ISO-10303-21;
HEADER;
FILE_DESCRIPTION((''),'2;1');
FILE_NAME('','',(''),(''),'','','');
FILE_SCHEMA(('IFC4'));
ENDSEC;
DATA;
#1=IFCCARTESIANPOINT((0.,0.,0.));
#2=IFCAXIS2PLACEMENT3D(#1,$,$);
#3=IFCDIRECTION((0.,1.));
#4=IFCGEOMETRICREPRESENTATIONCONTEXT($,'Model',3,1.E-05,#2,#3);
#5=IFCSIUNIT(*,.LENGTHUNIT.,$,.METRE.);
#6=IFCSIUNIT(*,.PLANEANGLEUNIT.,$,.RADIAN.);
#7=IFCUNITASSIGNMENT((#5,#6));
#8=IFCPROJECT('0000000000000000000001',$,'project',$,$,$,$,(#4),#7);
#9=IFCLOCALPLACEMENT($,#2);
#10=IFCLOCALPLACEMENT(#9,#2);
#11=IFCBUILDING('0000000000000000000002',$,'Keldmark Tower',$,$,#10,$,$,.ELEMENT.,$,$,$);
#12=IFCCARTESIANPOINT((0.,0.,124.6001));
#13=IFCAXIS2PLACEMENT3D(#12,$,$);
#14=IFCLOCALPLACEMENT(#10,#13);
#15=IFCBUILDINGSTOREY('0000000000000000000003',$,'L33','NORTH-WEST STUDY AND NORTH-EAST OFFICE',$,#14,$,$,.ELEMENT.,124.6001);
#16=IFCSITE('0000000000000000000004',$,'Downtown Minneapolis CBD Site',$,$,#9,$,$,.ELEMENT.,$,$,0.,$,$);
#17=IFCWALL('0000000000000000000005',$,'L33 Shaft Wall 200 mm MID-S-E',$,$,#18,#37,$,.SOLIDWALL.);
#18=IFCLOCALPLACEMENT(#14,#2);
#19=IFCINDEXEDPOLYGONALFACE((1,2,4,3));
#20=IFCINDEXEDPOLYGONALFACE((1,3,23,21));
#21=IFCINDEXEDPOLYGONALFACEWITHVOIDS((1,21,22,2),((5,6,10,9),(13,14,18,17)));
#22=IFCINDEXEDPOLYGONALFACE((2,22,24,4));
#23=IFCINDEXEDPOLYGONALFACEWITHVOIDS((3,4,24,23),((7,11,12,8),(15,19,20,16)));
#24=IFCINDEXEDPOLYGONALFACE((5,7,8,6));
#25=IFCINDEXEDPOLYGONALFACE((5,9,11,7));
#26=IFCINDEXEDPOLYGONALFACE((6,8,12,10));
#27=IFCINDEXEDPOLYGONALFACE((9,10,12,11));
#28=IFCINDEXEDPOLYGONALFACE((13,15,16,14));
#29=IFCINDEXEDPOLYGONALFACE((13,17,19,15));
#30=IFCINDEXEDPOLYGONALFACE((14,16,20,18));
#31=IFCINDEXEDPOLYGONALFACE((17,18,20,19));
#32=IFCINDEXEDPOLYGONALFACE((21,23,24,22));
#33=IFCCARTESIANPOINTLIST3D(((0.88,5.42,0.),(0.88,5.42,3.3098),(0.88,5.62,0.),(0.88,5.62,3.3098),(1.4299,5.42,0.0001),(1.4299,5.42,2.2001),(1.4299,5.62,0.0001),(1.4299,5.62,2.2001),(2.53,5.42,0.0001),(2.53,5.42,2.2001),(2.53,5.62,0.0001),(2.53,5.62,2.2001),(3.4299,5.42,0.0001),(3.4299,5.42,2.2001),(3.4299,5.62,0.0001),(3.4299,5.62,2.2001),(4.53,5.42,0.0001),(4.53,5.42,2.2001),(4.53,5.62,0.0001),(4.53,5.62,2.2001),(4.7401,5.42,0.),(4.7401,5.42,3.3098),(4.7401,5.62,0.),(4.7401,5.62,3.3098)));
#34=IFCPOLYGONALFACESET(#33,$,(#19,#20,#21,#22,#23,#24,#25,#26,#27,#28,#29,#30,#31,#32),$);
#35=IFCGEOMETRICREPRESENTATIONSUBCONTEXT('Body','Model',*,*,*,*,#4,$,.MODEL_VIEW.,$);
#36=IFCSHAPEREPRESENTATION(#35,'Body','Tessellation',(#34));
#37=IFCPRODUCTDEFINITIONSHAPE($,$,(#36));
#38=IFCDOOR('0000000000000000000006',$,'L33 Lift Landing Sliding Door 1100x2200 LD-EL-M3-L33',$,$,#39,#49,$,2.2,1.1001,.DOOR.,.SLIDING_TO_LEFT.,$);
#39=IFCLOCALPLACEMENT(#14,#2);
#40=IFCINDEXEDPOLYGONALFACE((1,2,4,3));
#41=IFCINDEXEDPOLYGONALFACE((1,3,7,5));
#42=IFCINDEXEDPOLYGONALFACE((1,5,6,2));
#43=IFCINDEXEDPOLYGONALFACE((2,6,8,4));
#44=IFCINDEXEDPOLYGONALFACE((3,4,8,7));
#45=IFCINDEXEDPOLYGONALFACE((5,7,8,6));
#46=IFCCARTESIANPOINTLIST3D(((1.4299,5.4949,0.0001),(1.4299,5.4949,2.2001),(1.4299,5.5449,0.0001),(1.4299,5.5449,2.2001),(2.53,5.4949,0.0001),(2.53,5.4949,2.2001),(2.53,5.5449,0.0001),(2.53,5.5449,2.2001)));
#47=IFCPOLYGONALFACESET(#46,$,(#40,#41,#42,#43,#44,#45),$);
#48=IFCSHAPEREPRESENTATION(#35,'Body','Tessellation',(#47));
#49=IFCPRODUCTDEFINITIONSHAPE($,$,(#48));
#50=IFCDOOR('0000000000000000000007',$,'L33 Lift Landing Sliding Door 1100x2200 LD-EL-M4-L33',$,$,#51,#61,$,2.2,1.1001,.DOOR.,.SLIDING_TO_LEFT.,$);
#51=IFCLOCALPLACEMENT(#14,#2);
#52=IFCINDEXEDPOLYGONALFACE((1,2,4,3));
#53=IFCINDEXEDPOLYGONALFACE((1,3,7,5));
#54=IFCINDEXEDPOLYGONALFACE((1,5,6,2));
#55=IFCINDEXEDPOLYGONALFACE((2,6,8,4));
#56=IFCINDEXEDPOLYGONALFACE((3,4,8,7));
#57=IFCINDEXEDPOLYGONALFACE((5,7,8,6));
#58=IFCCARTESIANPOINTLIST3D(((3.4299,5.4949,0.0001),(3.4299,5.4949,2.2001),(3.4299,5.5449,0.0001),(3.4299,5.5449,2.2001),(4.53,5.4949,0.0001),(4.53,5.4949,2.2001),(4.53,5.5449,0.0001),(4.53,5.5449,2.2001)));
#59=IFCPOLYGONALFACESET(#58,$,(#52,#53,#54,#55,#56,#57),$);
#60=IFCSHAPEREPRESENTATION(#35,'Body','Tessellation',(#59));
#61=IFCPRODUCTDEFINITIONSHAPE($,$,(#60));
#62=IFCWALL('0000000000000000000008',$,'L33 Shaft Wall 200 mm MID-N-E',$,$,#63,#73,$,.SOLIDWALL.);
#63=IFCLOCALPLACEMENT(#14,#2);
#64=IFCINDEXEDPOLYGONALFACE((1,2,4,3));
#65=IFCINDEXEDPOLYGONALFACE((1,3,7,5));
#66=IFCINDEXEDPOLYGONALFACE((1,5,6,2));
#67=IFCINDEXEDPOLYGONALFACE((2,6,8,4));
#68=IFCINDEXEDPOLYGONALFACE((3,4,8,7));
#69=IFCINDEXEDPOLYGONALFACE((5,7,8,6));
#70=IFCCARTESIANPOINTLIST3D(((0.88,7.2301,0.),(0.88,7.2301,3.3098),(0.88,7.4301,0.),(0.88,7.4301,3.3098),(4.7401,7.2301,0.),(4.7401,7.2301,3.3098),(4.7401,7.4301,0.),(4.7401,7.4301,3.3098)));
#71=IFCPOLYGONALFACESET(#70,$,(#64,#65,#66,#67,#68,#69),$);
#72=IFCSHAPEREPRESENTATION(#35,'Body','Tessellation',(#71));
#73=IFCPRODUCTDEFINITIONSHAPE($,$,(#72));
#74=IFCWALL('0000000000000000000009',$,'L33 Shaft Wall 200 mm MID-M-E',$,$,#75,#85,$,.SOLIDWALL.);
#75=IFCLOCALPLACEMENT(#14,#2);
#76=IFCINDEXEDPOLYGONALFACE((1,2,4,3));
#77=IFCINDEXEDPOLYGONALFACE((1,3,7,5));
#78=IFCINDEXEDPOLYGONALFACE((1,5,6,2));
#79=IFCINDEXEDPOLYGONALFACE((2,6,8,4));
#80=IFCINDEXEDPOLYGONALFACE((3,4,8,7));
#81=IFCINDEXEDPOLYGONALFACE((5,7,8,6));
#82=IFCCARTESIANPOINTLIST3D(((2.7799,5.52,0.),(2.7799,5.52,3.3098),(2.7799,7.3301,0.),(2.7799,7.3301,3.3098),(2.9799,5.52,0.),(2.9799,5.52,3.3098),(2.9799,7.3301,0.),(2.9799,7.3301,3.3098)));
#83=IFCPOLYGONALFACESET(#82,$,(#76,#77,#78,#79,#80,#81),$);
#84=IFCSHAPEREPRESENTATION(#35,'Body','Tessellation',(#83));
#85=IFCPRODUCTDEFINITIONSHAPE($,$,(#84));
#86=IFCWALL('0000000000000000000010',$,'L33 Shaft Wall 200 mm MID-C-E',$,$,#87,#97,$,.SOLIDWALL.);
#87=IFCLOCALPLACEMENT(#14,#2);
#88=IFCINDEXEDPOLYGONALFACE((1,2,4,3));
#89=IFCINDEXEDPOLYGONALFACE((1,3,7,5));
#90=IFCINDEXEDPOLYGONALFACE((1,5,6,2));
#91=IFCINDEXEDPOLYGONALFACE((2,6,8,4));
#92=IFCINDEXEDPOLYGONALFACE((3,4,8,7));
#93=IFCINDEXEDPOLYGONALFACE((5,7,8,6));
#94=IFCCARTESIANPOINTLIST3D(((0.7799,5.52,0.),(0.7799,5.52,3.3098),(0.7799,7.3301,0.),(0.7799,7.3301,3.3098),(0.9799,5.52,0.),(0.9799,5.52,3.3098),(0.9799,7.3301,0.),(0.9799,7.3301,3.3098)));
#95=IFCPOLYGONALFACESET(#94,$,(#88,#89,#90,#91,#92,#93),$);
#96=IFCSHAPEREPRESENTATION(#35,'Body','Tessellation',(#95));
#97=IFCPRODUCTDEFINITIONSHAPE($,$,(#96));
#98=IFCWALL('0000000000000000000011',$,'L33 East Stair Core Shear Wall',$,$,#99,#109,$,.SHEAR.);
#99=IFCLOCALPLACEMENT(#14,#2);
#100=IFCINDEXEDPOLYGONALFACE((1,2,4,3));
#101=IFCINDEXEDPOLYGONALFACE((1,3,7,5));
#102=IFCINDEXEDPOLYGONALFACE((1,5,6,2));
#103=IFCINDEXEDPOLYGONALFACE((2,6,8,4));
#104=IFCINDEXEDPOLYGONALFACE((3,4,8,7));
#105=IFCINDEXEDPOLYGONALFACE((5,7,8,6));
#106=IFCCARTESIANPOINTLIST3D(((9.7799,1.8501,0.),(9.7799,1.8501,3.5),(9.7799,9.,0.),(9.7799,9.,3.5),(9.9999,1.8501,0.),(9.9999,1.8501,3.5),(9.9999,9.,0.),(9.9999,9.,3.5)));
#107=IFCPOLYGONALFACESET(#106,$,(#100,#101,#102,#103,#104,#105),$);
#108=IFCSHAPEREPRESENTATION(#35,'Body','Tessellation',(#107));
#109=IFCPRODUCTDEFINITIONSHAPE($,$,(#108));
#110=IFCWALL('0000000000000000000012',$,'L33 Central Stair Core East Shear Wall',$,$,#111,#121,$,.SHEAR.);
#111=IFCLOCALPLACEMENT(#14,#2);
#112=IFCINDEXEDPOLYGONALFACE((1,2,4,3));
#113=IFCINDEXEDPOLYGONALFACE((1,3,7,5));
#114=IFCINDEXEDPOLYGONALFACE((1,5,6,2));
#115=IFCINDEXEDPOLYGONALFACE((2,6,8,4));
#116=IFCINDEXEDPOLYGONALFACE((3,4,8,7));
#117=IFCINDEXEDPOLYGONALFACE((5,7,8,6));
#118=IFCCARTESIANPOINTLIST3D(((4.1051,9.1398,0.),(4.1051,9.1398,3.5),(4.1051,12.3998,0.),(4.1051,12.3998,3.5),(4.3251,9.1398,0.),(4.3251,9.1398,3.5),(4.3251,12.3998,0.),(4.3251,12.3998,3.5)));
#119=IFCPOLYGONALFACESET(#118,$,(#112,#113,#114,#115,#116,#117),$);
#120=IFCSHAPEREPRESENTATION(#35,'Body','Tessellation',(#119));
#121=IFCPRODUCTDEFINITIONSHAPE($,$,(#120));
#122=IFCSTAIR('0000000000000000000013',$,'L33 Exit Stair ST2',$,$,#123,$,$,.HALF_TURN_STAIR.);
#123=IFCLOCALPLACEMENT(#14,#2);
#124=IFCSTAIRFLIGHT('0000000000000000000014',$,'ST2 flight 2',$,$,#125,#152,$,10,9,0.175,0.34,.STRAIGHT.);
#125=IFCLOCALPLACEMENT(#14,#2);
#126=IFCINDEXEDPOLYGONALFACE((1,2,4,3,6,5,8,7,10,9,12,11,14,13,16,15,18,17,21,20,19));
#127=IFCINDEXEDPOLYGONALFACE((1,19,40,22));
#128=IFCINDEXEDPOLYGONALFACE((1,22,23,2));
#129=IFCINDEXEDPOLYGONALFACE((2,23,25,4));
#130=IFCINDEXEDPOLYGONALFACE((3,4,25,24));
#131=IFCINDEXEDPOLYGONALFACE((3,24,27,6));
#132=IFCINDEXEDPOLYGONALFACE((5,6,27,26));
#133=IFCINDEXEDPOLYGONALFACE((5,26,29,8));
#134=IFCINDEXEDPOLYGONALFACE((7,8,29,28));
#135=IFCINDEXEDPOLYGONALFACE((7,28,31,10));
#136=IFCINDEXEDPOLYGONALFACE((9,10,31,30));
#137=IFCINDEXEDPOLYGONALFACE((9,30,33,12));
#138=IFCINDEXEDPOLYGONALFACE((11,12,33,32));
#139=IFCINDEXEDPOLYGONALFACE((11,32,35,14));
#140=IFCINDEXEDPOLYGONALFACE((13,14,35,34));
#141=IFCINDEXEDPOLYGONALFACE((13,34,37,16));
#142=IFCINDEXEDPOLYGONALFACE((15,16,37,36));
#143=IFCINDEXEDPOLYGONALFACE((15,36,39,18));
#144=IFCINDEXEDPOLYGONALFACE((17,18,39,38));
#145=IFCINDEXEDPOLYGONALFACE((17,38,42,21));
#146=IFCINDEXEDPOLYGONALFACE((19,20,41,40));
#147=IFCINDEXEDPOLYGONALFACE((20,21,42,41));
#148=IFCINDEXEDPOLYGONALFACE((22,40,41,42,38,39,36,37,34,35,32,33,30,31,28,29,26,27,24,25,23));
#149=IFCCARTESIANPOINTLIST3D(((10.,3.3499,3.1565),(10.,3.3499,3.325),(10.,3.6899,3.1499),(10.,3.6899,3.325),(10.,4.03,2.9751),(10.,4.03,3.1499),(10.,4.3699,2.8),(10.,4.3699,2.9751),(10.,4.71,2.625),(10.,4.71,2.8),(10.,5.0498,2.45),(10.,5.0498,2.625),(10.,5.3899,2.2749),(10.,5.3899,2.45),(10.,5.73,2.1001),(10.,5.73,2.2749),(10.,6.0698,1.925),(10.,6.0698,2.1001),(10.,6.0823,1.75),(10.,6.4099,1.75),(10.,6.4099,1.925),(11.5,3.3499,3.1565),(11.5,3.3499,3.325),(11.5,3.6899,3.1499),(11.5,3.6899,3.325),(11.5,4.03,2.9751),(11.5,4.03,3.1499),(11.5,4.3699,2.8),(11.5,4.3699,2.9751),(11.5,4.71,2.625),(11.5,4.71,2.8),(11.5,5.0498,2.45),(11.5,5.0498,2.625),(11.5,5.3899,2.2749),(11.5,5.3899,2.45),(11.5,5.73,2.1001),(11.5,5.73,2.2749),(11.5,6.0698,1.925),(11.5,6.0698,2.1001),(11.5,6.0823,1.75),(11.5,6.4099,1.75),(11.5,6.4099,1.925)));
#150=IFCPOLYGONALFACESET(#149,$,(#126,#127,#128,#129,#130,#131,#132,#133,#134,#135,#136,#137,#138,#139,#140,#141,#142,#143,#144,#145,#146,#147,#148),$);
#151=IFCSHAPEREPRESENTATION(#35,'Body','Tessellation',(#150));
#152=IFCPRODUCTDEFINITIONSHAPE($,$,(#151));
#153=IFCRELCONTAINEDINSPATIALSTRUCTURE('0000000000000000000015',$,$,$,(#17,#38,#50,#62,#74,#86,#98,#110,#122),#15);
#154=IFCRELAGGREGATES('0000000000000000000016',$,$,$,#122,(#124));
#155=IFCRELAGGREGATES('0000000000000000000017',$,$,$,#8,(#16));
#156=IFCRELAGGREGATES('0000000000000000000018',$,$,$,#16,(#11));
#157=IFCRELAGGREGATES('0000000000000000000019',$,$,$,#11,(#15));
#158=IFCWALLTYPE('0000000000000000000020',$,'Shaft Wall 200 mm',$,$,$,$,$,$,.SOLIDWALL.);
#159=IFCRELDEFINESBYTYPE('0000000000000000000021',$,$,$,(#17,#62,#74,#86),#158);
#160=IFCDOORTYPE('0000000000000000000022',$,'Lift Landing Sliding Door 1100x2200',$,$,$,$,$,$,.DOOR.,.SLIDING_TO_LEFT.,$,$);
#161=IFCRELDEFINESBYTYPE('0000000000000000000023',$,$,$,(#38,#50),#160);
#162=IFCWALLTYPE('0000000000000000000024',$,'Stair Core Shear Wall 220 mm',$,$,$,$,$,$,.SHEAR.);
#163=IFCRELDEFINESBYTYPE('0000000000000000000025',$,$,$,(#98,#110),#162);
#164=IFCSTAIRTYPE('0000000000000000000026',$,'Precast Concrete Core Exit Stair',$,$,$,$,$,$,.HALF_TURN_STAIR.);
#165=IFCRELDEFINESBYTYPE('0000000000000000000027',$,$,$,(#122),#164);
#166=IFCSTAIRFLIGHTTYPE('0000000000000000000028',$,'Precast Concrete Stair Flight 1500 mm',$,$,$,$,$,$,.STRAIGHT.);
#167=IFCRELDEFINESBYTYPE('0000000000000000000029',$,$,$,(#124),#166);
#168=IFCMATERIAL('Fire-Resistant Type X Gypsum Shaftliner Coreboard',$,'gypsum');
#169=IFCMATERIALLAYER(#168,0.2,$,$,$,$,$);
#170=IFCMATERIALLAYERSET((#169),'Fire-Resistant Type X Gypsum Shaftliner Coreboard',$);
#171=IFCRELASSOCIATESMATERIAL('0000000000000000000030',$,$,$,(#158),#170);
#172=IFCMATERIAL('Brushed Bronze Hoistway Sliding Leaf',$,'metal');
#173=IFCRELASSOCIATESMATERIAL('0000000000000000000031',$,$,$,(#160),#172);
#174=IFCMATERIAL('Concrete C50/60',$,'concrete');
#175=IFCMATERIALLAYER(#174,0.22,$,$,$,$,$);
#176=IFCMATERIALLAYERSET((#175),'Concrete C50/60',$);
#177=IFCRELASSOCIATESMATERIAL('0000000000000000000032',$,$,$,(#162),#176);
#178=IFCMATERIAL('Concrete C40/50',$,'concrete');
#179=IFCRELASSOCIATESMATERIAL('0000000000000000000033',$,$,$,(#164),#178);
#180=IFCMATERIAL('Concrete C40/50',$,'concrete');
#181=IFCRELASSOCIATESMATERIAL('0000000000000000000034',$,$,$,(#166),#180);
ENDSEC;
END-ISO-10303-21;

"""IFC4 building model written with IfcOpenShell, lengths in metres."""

from ifc_helpers import new_model, si_unit, direction, frame, frame_2d, origin, place, context, subcontext, project, spatial, polyline, rectangle, outline, extrude, material, layer, layer_set, type_object, element, fill, aggregate, save


model = new_model("IFC4")

# Units and contexts
model_context = context("Model", 3, precision=1e-05, world=origin(), true_north=direction((0.0, 1.0)))
body_context = subcontext(model_context, "Body", "Model", "MODEL_VIEW")
ifc_project = project(units=[si_unit("LENGTHUNIT", "METRE"), si_unit("PLANEANGLEUNIT", "RADIAN")], contexts=[model_context])

# Site, building, storey
site_placement = place(None, origin())
site = spatial("IfcSite", under=ifc_project, at=site_placement, Name="Downtown Minneapolis CBD Site", CompositionType="ELEMENT", RefElevation=0.0)
building_placement = place(site_placement, origin())
building = spatial("IfcBuilding", under=site, at=building_placement, Name="Keldmark Tower", CompositionType="ELEMENT")
storey_placement = place(building_placement, frame((0.0, 0.0, 124.6001)))
storey = spatial("IfcBuildingStorey", under=building, at=storey_placement, Name="L33", Description="NORTH-WEST STUDY AND NORTH-EAST OFFICE", CompositionType="ELEMENT", Elevation=124.6001)

# Shared definitions
ifc_material_1 = material(Name="Fire-Resistant Type X Gypsum Shaftliner Coreboard", Category="gypsum")
ifc_layer_1 = layer(ifc_material_1, 0.2)
ifc_layer_set_1 = layer_set([ifc_layer_1], Name="Fire-Resistant Type X Gypsum Shaftliner Coreboard")
wall_type_1 = type_object("IfcWallType", Name="Shaft Wall 200 mm", PredefinedType="SOLIDWALL", material=ifc_layer_set_1)

# Wall, openings, doors
wall_1_placement = place(storey_placement, frame((0.8799, 5.52, 0.0), z_axis=(0.0, 0.0, 1.0), x_axis=(1.0, 0.0, 0.0)))
wall_1 = element("IfcWall", 1, at=wall_1_placement, inside=storey, type_object=wall_type_1, Name="L33 Shaft Wall 200 mm MID-S-E", PredefinedType="SOLIDWALL", context=body_context, shape_type="SweptSolid", body=[
    extrude(rectangle(XDim=3.8601, YDim=0.2, at=frame_2d((1.9302, 0.0))), origin(), (0.0, 0.0, 1.0), 3.3098),
])
opening_1_placement = place(wall_1_placement, frame((0.55, 0.0, 0.0)))
opening_1 = element("IfcOpeningElement", 2, at=opening_1_placement, cuts=wall_1, PredefinedType="OPENING", context=body_context, shape_type="SweptSolid", body=[
    extrude(rectangle(XDim=1.1001, YDim=2.2, at=frame_2d((0.55, 1.1001))), frame((0.0, 0.1099, 0.0), z_axis=(0.0, -1.0, 0.0), x_axis=(1.0, 0.0, 0.0)), (0.0, 0.0, 1.0), 0.22),
])
opening_2_placement = place(wall_1_placement, frame((2.55, 0.0, 0.0)))
opening_2 = element("IfcOpeningElement", 3, at=opening_2_placement, cuts=wall_1, PredefinedType="OPENING", context=body_context, shape_type="SweptSolid", body=[
    extrude(rectangle(XDim=1.1001, YDim=2.2, at=frame_2d((0.55, 1.1001))), frame((0.0, 0.1099, 0.0), z_axis=(0.0, -1.0, 0.0), x_axis=(1.0, 0.0, 0.0)), (0.0, 0.0, 1.0), 0.22),
])
ifc_material_2 = material(Name="Brushed Bronze Hoistway Sliding Leaf", Category="metal")
door_type_1 = type_object("IfcDoorType", Name="Lift Landing Sliding Door 1100x2200", OperationType="SLIDING_TO_LEFT", PredefinedType="DOOR", material=ifc_material_2)
door_1_placement = place(opening_1_placement, origin())
door_1 = element("IfcDoor", 4, at=door_1_placement, inside=storey, type_object=door_type_1, Name="L33 Lift Landing Sliding Door 1100x2200 LD-EL-M3-L33", OperationType="SLIDING_TO_LEFT", OverallHeight=2.2, OverallWidth=1.1001, PredefinedType="DOOR", context=body_context, shape_type="SweptSolid", body=[
    extrude(rectangle(XDim=1.1001, YDim=2.2, at=frame_2d((0.55, 1.1001))), frame((0.0, 0.0249, 0.0), z_axis=(0.0, -1.0, 0.0), x_axis=(1.0, 0.0, 0.0)), (0.0, 0.0, 1.0), 0.05),
])
fill(opening_1, door_1)
door_2_placement = place(opening_2_placement, origin())
door_2 = element("IfcDoor", 5, at=door_2_placement, inside=storey, type_object=door_type_1, Name="L33 Lift Landing Sliding Door 1100x2200 LD-EL-M4-L33", OperationType="SLIDING_TO_LEFT", OverallHeight=2.2, OverallWidth=1.1001, PredefinedType="DOOR", context=body_context, shape_type="SweptSolid", body=[
    extrude(rectangle(XDim=1.1001, YDim=2.2, at=frame_2d((0.55, 1.1001))), frame((0.0, 0.0249, 0.0), z_axis=(0.0, -1.0, 0.0), x_axis=(1.0, 0.0, 0.0)), (0.0, 0.0, 1.0), 0.05),
])
fill(opening_2, door_2)

# Walls
wall_2_placement = place(storey_placement, frame((0.8799, 7.3301, 0.0), z_axis=(0.0, 0.0, 1.0), x_axis=(1.0, 0.0, 0.0)))
element("IfcWall", 6, at=wall_2_placement, inside=storey, type_object=wall_type_1, Name="L33 Shaft Wall 200 mm MID-N-E", PredefinedType="SOLIDWALL", context=body_context, shape_type="SweptSolid", body=[
    extrude(rectangle(XDim=3.8601, YDim=0.2, at=frame_2d((1.9302, 0.0))), origin(), (0.0, 0.0, 1.0), 3.3098),
])
for number, where, z_axis, x_axis, name in (
    (7, (2.8799, 5.52, 0.0), (0.0, 0.0, 1.0), (0.0, 1.0, 0.0), "L33 Shaft Wall 200 mm MID-M-E"),
    (8, (0.8799, 5.52, 0.0), (0.0, 0.0, 1.0), (0.0, 1.0, 0.0), "L33 Shaft Wall 200 mm MID-C-E"),
):
    element("IfcWall", number, at=place(storey_placement, frame(where, z_axis=z_axis, x_axis=x_axis)), inside=storey, type_object=wall_type_1, Name=name, PredefinedType="SOLIDWALL", context=body_context, shape_type="SweptSolid", body=[
        extrude(rectangle(XDim=1.8101, YDim=0.2, at=frame_2d((0.905, 0.0))), origin(), (0.0, 0.0, 1.0), 3.3098),
    ])
ifc_material_3 = material(Name="Concrete C50/60", Category="concrete")
ifc_layer_2 = layer(ifc_material_3, 0.22)
ifc_layer_set_2 = layer_set([ifc_layer_2], Name="Concrete C50/60")
wall_type_2 = type_object("IfcWallType", Name="Stair Core Shear Wall 220 mm", PredefinedType="SHEAR", material=ifc_layer_set_2)
wall_3_placement = place(storey_placement, frame((9.8899, 1.8501, 0.0), z_axis=(0.0, 0.0, 1.0), x_axis=(0.0, 1.0, 0.0)))
element("IfcWall", 9, at=wall_3_placement, inside=storey, type_object=wall_type_2, Name="L33 East Stair Core Shear Wall", PredefinedType="SHEAR", context=body_context, shape_type="SweptSolid", body=[
    extrude(rectangle(XDim=7.1499, YDim=0.22, at=frame_2d((3.575, 0.0))), origin(), (0.0, 0.0, 1.0), 3.5),
])
wall_4_placement = place(storey_placement, frame((4.2151, 9.1399, 0.0), z_axis=(0.0, 0.0, 1.0), x_axis=(0.0, 1.0, 0.0)))
element("IfcWall", 10, at=wall_4_placement, inside=storey, type_object=wall_type_2, Name="L33 Central Stair Core East Shear Wall", PredefinedType="SHEAR", context=body_context, shape_type="SweptSolid", body=[
    extrude(rectangle(XDim=3.26, YDim=0.22, at=frame_2d((1.6299, 0.0))), origin(), (0.0, 0.0, 1.0), 3.5),
])

# Stair, stair flight
ifc_material_4 = material(Name="Concrete C40/50", Category="concrete")
stair_type = type_object("IfcStairType", Name="Precast Concrete Core Exit Stair", PredefinedType="HALF_TURN_STAIR", material=ifc_material_4)
stair_placement = place(storey_placement, origin())
stair = element("IfcStair", 11, at=stair_placement, inside=storey, type_object=stair_type, Name="L33 Exit Stair ST2", PredefinedType="HALF_TURN_STAIR")
ifc_material_5 = material(Name="Concrete C40/50", Category="concrete")
stair_flight_type = type_object("IfcStairFlightType", Name="Precast Concrete Stair Flight 1500 mm", PredefinedType="STRAIGHT", material=ifc_material_5)
stair_flight_placement = place(storey_placement, frame((10.75, 6.4099, 1.75), z_axis=(0.0, 0.0, 1.0), x_axis=(0.0, -1.0, 0.0)))
stair_flight = element("IfcStairFlight", 12, at=stair_flight_placement, type_object=stair_flight_type, Name="ST2 flight 2", NumberOfRisers=10, NumberOfTreads=9, PredefinedType="STRAIGHT", RiserHeight=0.175, TreadLength=0.34, context=body_context, shape_type="SweptSolid", body=[
    extrude(outline(polyline([(0.0, 0.0), (0.0, 0.175), (0.3401, 0.175), (0.3401, 0.3501), (0.6799, 0.3501), (0.6799, 0.5249), (1.02, 0.5249), (1.02, 0.7), (1.3601, 0.7), (1.3601, 0.875), (1.7, 0.875), (1.7, 1.05), (2.04, 1.05), (2.04, 1.2251), (2.3799, 1.2251), (2.3799, 1.3999), (2.72, 1.3999), (2.72, 1.575), (3.0601, 1.575), (3.0601, 1.75), (3.0601, 1.4065), (0.3276, 0.0), (0.0, 0.0)])), frame((0.0, 0.75, 0.0), z_axis=(0.0, -1.0, 0.0), x_axis=(1.0, 0.0, 0.0)), (0.0, 0.0, 1.0), 1.5),
])
aggregate(stair, [stair_flight])

save(model, "model.ifc")
